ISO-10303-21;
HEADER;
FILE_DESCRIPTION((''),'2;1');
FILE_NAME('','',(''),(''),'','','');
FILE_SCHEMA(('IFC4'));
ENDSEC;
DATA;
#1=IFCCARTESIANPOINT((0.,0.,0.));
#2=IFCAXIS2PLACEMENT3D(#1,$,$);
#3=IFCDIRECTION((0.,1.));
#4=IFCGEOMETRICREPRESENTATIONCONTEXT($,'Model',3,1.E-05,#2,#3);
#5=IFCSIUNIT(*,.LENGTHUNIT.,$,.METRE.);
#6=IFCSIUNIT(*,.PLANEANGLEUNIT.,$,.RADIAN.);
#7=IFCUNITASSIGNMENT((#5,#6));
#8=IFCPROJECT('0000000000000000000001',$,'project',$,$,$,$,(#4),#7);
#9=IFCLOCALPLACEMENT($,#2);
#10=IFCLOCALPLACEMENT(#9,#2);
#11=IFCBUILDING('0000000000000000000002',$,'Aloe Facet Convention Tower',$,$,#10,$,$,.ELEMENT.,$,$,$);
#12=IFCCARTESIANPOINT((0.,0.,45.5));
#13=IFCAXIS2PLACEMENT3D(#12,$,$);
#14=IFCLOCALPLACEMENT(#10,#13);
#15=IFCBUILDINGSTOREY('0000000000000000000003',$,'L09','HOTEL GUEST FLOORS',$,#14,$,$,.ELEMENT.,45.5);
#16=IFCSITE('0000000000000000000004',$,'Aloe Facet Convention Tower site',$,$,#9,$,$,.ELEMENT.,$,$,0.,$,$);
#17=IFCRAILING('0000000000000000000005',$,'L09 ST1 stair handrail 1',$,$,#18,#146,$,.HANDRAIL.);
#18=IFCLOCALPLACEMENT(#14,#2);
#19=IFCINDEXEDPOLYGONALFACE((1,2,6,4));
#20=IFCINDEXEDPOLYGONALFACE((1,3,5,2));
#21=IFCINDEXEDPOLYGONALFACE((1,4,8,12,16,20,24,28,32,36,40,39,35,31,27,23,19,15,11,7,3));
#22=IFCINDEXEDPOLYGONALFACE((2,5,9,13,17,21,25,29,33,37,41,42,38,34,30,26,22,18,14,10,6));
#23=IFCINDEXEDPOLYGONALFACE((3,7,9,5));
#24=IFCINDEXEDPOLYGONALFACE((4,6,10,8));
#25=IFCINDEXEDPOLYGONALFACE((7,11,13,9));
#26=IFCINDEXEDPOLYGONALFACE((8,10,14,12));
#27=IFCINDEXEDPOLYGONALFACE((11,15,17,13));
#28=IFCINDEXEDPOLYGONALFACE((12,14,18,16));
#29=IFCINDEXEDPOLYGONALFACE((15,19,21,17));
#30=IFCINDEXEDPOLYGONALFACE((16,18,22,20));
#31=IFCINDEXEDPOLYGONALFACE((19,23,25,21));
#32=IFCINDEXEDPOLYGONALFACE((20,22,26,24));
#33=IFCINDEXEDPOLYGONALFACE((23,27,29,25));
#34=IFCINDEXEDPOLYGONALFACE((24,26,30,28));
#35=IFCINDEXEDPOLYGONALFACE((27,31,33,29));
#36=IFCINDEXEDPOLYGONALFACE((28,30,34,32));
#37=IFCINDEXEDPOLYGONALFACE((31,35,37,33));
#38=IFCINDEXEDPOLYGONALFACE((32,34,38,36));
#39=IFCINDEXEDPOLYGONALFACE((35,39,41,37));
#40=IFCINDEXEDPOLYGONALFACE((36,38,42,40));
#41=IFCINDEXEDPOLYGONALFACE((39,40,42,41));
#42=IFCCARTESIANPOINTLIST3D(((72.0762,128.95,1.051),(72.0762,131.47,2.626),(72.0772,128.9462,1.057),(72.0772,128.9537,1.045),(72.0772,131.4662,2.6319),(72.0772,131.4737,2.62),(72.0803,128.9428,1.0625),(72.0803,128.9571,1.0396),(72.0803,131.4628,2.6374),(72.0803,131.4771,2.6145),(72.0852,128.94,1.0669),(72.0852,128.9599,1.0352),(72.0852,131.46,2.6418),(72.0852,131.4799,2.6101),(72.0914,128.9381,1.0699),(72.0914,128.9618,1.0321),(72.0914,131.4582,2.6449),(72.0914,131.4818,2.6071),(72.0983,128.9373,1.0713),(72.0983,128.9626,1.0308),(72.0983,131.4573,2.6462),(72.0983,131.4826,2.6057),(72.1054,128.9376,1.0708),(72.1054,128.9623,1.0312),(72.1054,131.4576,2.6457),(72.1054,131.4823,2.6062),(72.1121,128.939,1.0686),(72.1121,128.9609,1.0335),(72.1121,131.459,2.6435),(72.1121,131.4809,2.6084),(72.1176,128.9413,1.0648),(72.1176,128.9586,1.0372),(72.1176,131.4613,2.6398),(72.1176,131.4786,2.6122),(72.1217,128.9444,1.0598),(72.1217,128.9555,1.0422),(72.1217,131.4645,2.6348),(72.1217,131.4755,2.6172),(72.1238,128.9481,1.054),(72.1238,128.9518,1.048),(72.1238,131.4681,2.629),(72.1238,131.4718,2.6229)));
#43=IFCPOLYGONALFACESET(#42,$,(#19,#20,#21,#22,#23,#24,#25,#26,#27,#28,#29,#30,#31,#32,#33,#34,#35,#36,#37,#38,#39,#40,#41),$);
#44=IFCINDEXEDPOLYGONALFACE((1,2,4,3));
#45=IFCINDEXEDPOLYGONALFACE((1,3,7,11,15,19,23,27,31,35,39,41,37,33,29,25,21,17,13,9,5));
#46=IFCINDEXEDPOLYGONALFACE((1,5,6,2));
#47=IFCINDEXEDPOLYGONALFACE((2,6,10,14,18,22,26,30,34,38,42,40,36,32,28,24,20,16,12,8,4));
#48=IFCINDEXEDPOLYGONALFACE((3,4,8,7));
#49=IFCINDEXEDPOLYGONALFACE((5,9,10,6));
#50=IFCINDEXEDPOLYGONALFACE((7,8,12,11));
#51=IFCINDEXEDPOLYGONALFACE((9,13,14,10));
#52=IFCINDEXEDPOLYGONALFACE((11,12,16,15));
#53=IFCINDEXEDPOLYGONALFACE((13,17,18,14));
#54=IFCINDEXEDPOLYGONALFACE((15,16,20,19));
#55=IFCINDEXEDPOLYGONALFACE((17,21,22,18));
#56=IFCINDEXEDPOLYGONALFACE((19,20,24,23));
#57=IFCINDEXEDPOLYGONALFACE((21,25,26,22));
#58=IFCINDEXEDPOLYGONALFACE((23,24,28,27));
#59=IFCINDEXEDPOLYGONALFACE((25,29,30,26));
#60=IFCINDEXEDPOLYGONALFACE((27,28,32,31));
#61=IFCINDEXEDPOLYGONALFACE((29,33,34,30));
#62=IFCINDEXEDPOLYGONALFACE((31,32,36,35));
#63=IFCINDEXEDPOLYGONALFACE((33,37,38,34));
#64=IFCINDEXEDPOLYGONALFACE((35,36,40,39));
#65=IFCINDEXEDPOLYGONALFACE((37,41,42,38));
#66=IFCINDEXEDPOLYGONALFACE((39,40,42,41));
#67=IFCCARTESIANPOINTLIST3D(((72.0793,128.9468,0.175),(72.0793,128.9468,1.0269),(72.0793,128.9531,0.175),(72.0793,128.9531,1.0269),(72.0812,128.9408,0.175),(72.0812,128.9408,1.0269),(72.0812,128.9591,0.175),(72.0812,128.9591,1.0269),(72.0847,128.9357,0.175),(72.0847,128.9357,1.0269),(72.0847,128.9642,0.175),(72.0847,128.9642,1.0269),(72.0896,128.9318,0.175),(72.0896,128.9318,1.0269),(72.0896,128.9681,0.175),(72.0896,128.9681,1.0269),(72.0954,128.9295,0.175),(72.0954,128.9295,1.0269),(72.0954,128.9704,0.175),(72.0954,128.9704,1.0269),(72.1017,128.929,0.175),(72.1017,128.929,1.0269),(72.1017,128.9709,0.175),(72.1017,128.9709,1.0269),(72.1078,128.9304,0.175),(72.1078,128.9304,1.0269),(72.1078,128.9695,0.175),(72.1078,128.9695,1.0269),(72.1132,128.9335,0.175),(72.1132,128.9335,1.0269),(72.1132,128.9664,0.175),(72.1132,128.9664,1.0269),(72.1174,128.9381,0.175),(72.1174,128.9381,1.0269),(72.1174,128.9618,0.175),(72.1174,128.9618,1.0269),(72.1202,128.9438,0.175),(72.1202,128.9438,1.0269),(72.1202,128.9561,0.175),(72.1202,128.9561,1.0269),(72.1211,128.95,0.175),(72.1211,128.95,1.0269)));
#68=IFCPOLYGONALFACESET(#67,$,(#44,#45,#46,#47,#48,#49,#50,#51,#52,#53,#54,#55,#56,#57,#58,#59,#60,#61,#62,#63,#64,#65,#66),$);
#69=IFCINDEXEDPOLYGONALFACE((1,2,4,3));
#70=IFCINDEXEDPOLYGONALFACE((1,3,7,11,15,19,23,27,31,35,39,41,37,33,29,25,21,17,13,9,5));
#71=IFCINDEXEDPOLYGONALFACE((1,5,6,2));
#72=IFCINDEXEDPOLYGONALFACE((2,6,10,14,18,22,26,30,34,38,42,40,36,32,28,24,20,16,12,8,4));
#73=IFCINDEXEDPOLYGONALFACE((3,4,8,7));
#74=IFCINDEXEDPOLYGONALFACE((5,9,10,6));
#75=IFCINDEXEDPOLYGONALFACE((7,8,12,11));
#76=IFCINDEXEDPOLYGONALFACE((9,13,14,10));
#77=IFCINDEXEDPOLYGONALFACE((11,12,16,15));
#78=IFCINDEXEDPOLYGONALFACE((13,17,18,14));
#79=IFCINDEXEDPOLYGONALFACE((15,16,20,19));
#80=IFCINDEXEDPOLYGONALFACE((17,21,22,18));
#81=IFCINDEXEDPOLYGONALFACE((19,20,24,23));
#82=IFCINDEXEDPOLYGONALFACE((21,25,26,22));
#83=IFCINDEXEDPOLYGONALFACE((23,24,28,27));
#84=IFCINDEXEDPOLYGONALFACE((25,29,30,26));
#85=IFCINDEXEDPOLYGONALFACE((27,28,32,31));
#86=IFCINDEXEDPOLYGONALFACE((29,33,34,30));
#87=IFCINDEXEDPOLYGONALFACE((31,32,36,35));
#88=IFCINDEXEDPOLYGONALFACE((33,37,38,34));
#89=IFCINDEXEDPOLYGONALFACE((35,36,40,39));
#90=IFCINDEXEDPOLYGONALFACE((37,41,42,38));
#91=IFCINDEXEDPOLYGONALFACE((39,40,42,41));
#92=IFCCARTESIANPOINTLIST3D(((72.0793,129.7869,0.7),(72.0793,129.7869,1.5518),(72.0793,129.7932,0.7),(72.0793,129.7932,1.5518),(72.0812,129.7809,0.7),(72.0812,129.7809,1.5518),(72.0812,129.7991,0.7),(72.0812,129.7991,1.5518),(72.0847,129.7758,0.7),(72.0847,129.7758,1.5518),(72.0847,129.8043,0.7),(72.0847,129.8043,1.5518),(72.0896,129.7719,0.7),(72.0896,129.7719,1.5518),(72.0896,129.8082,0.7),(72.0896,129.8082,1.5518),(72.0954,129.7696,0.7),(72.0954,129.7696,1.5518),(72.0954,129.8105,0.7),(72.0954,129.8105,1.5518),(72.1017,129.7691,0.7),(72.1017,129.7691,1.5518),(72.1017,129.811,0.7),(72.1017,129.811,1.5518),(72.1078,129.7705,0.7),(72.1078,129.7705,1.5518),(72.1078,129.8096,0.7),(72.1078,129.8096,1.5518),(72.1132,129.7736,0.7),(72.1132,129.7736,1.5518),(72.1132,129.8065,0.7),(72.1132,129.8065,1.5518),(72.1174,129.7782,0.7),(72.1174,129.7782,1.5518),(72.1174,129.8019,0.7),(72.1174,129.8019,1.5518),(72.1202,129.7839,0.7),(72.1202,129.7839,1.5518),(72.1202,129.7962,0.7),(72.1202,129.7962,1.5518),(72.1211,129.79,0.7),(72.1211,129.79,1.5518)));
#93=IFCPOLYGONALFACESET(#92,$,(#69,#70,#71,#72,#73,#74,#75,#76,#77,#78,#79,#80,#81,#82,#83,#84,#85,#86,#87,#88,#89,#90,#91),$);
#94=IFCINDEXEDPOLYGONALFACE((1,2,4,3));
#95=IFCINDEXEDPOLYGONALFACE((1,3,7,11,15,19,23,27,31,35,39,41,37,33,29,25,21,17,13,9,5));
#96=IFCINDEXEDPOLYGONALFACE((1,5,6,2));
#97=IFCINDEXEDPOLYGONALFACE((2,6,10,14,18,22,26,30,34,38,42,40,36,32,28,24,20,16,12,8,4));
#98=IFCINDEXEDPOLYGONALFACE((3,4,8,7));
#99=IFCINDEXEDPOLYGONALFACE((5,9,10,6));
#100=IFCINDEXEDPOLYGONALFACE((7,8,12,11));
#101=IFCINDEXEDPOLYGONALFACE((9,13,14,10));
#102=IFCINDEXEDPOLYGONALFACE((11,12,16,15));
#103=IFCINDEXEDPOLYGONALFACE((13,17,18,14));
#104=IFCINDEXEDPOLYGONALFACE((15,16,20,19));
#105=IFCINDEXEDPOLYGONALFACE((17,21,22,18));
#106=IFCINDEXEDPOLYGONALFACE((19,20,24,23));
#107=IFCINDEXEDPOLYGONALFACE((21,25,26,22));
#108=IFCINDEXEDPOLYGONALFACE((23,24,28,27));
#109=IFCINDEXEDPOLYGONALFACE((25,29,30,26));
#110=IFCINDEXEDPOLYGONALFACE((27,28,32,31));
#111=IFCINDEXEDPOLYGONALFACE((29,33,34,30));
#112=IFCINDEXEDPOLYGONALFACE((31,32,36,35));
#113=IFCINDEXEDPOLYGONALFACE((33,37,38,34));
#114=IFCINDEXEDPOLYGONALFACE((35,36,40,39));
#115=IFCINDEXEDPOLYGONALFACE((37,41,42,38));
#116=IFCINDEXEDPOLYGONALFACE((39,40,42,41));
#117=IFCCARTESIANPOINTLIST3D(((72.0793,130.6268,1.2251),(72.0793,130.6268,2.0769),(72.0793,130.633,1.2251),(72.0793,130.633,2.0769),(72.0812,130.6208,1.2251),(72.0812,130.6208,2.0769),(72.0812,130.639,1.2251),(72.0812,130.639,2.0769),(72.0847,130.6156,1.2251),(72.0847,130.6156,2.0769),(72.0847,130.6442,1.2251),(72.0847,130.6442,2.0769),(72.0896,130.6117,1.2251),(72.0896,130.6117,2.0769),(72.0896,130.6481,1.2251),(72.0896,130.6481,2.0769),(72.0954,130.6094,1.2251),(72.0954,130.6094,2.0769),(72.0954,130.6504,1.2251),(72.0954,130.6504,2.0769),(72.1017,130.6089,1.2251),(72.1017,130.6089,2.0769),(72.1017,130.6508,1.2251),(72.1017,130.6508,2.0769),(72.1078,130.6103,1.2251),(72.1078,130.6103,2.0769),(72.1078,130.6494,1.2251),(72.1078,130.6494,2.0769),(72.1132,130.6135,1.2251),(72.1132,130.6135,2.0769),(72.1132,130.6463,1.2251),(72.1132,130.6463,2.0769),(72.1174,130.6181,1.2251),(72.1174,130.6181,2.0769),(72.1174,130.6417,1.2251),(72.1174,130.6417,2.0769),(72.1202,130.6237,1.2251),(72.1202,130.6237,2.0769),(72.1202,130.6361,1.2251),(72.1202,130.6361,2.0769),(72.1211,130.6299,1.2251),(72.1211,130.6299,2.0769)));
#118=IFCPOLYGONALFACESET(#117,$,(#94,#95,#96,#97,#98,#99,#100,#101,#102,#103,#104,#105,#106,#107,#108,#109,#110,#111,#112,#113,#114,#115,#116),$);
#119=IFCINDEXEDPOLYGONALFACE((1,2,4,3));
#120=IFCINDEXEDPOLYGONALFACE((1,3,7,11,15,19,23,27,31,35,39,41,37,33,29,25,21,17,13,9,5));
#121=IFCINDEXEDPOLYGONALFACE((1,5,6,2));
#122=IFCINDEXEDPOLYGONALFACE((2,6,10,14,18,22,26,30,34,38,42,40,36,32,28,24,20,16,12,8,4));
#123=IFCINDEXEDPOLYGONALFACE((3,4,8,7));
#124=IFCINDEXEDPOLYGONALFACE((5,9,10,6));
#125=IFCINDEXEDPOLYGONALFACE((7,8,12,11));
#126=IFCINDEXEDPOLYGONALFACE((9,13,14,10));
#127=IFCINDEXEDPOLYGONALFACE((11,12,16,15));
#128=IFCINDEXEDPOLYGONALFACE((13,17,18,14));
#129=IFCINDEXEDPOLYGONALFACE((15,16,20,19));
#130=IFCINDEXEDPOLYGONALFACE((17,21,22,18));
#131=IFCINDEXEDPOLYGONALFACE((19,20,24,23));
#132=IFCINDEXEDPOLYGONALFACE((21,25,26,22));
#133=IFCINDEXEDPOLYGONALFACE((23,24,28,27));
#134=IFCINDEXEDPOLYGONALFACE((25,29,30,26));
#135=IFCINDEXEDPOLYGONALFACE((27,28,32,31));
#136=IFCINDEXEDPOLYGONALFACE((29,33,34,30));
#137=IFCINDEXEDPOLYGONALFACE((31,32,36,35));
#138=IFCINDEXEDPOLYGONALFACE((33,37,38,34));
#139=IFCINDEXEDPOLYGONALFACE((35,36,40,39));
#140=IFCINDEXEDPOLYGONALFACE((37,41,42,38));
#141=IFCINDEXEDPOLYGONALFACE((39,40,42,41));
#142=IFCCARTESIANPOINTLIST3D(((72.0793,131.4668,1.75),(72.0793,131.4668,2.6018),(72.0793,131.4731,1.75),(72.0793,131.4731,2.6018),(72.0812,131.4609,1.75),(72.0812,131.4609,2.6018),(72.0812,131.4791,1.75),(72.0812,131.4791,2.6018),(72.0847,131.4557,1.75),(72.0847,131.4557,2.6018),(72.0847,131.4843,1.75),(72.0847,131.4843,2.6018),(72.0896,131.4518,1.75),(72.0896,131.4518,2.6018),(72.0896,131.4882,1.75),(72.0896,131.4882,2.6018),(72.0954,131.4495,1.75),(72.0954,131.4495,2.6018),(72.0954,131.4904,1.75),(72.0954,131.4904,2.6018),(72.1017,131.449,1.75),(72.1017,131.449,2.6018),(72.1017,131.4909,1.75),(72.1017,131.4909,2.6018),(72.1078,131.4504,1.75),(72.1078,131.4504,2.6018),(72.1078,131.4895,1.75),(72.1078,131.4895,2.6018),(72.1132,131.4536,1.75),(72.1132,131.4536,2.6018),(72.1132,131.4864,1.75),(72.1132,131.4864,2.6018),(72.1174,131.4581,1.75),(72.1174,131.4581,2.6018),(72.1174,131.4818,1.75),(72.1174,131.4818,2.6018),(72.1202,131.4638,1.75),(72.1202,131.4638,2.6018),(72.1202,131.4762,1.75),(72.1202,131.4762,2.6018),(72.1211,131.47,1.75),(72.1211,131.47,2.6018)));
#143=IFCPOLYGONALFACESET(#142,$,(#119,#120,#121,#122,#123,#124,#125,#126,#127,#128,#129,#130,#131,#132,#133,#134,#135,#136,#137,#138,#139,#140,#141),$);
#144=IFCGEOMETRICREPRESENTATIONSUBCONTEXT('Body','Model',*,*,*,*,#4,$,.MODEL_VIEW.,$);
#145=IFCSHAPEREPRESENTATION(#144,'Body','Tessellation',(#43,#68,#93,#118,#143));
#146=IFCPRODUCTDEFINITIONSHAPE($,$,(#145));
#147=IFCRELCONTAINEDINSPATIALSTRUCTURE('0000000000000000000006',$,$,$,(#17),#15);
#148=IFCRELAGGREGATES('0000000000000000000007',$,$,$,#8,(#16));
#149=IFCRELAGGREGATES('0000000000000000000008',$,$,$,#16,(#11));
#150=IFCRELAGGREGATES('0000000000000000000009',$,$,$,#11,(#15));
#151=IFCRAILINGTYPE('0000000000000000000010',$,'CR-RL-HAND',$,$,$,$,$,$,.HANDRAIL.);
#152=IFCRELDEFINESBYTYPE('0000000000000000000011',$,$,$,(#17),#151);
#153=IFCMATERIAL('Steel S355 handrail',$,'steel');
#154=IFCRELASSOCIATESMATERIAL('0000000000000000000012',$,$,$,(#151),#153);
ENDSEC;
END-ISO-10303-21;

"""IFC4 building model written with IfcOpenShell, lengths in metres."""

from ifc_helpers import new_model, si_unit, direction, frame, origin, origin_2d, place, context, subcontext, project, spatial, circle, extrude, material, type_object, element, save


model = new_model("IFC4")

# Units and contexts
model_context = context("Model", 3, precision=1e-05, world=origin(), true_north=direction((0.0, 1.0)))
body_context = subcontext(model_context, "Body", "Model", "MODEL_VIEW")
ifc_project = project(units=[si_unit("LENGTHUNIT", "METRE"), si_unit("PLANEANGLEUNIT", "RADIAN")], contexts=[model_context])

# Site, building, storey
site_placement = place(None, origin())
site = spatial("IfcSite", under=ifc_project, at=site_placement, Name="Aloe Facet Convention Tower site", CompositionType="ELEMENT", RefElevation=0.0)
building_placement = place(site_placement, origin())
building = spatial("IfcBuilding", under=site, at=building_placement, Name="Aloe Facet Convention Tower", CompositionType="ELEMENT")
storey_placement = place(building_placement, frame((0.0, 0.0, 45.5)))
storey = spatial("IfcBuildingStorey", under=building, at=storey_placement, Name="L09", Description="HOTEL GUEST FLOORS", CompositionType="ELEMENT", Elevation=45.5)

# Railing
ifc_material_1 = material(Name="Steel S355 handrail", Category="steel")
railing_type_1 = type_object("IfcRailingType", Name="CR-RL-HAND", PredefinedType="HANDRAIL", material=ifc_material_1)
railing_1_placement = place(storey_placement, frame((72.1001, 128.95, 0.175)))
element("IfcRailing", 1, at=railing_1_placement, inside=storey, type_object=railing_type_1, Name="L09 ST1 stair handrail 1", PredefinedType="HANDRAIL", context=body_context, shape_type="SweptSolid", body=[
    extrude(circle(Radius=0.0239, at=origin_2d()), frame((0.0, 0.0, 0.876), z_axis=(0.0, 0.848008, 0.529984), x_axis=(-1.0, 0.0, 0.0)), (0.0, 0.0, 1.0), 2.9717),
    extrude(circle(Radius=0.021, at=origin_2d()), origin(), (0.0, 0.0, 1.0), 0.8518),
    extrude(circle(Radius=0.021, at=origin_2d()), frame((0.0, 0.8401, 0.5249)), (0.0, 0.0, 1.0), 0.8518),
    extrude(circle(Radius=0.021, at=origin_2d()), frame((0.0, 1.6799, 1.05)), (0.0, 0.0, 1.0), 0.8518),
    extrude(circle(Radius=0.021, at=origin_2d()), frame((0.0, 2.52, 1.575)), (0.0, 0.0, 1.0), 0.8518),
])

save(model, "model.ifc")
